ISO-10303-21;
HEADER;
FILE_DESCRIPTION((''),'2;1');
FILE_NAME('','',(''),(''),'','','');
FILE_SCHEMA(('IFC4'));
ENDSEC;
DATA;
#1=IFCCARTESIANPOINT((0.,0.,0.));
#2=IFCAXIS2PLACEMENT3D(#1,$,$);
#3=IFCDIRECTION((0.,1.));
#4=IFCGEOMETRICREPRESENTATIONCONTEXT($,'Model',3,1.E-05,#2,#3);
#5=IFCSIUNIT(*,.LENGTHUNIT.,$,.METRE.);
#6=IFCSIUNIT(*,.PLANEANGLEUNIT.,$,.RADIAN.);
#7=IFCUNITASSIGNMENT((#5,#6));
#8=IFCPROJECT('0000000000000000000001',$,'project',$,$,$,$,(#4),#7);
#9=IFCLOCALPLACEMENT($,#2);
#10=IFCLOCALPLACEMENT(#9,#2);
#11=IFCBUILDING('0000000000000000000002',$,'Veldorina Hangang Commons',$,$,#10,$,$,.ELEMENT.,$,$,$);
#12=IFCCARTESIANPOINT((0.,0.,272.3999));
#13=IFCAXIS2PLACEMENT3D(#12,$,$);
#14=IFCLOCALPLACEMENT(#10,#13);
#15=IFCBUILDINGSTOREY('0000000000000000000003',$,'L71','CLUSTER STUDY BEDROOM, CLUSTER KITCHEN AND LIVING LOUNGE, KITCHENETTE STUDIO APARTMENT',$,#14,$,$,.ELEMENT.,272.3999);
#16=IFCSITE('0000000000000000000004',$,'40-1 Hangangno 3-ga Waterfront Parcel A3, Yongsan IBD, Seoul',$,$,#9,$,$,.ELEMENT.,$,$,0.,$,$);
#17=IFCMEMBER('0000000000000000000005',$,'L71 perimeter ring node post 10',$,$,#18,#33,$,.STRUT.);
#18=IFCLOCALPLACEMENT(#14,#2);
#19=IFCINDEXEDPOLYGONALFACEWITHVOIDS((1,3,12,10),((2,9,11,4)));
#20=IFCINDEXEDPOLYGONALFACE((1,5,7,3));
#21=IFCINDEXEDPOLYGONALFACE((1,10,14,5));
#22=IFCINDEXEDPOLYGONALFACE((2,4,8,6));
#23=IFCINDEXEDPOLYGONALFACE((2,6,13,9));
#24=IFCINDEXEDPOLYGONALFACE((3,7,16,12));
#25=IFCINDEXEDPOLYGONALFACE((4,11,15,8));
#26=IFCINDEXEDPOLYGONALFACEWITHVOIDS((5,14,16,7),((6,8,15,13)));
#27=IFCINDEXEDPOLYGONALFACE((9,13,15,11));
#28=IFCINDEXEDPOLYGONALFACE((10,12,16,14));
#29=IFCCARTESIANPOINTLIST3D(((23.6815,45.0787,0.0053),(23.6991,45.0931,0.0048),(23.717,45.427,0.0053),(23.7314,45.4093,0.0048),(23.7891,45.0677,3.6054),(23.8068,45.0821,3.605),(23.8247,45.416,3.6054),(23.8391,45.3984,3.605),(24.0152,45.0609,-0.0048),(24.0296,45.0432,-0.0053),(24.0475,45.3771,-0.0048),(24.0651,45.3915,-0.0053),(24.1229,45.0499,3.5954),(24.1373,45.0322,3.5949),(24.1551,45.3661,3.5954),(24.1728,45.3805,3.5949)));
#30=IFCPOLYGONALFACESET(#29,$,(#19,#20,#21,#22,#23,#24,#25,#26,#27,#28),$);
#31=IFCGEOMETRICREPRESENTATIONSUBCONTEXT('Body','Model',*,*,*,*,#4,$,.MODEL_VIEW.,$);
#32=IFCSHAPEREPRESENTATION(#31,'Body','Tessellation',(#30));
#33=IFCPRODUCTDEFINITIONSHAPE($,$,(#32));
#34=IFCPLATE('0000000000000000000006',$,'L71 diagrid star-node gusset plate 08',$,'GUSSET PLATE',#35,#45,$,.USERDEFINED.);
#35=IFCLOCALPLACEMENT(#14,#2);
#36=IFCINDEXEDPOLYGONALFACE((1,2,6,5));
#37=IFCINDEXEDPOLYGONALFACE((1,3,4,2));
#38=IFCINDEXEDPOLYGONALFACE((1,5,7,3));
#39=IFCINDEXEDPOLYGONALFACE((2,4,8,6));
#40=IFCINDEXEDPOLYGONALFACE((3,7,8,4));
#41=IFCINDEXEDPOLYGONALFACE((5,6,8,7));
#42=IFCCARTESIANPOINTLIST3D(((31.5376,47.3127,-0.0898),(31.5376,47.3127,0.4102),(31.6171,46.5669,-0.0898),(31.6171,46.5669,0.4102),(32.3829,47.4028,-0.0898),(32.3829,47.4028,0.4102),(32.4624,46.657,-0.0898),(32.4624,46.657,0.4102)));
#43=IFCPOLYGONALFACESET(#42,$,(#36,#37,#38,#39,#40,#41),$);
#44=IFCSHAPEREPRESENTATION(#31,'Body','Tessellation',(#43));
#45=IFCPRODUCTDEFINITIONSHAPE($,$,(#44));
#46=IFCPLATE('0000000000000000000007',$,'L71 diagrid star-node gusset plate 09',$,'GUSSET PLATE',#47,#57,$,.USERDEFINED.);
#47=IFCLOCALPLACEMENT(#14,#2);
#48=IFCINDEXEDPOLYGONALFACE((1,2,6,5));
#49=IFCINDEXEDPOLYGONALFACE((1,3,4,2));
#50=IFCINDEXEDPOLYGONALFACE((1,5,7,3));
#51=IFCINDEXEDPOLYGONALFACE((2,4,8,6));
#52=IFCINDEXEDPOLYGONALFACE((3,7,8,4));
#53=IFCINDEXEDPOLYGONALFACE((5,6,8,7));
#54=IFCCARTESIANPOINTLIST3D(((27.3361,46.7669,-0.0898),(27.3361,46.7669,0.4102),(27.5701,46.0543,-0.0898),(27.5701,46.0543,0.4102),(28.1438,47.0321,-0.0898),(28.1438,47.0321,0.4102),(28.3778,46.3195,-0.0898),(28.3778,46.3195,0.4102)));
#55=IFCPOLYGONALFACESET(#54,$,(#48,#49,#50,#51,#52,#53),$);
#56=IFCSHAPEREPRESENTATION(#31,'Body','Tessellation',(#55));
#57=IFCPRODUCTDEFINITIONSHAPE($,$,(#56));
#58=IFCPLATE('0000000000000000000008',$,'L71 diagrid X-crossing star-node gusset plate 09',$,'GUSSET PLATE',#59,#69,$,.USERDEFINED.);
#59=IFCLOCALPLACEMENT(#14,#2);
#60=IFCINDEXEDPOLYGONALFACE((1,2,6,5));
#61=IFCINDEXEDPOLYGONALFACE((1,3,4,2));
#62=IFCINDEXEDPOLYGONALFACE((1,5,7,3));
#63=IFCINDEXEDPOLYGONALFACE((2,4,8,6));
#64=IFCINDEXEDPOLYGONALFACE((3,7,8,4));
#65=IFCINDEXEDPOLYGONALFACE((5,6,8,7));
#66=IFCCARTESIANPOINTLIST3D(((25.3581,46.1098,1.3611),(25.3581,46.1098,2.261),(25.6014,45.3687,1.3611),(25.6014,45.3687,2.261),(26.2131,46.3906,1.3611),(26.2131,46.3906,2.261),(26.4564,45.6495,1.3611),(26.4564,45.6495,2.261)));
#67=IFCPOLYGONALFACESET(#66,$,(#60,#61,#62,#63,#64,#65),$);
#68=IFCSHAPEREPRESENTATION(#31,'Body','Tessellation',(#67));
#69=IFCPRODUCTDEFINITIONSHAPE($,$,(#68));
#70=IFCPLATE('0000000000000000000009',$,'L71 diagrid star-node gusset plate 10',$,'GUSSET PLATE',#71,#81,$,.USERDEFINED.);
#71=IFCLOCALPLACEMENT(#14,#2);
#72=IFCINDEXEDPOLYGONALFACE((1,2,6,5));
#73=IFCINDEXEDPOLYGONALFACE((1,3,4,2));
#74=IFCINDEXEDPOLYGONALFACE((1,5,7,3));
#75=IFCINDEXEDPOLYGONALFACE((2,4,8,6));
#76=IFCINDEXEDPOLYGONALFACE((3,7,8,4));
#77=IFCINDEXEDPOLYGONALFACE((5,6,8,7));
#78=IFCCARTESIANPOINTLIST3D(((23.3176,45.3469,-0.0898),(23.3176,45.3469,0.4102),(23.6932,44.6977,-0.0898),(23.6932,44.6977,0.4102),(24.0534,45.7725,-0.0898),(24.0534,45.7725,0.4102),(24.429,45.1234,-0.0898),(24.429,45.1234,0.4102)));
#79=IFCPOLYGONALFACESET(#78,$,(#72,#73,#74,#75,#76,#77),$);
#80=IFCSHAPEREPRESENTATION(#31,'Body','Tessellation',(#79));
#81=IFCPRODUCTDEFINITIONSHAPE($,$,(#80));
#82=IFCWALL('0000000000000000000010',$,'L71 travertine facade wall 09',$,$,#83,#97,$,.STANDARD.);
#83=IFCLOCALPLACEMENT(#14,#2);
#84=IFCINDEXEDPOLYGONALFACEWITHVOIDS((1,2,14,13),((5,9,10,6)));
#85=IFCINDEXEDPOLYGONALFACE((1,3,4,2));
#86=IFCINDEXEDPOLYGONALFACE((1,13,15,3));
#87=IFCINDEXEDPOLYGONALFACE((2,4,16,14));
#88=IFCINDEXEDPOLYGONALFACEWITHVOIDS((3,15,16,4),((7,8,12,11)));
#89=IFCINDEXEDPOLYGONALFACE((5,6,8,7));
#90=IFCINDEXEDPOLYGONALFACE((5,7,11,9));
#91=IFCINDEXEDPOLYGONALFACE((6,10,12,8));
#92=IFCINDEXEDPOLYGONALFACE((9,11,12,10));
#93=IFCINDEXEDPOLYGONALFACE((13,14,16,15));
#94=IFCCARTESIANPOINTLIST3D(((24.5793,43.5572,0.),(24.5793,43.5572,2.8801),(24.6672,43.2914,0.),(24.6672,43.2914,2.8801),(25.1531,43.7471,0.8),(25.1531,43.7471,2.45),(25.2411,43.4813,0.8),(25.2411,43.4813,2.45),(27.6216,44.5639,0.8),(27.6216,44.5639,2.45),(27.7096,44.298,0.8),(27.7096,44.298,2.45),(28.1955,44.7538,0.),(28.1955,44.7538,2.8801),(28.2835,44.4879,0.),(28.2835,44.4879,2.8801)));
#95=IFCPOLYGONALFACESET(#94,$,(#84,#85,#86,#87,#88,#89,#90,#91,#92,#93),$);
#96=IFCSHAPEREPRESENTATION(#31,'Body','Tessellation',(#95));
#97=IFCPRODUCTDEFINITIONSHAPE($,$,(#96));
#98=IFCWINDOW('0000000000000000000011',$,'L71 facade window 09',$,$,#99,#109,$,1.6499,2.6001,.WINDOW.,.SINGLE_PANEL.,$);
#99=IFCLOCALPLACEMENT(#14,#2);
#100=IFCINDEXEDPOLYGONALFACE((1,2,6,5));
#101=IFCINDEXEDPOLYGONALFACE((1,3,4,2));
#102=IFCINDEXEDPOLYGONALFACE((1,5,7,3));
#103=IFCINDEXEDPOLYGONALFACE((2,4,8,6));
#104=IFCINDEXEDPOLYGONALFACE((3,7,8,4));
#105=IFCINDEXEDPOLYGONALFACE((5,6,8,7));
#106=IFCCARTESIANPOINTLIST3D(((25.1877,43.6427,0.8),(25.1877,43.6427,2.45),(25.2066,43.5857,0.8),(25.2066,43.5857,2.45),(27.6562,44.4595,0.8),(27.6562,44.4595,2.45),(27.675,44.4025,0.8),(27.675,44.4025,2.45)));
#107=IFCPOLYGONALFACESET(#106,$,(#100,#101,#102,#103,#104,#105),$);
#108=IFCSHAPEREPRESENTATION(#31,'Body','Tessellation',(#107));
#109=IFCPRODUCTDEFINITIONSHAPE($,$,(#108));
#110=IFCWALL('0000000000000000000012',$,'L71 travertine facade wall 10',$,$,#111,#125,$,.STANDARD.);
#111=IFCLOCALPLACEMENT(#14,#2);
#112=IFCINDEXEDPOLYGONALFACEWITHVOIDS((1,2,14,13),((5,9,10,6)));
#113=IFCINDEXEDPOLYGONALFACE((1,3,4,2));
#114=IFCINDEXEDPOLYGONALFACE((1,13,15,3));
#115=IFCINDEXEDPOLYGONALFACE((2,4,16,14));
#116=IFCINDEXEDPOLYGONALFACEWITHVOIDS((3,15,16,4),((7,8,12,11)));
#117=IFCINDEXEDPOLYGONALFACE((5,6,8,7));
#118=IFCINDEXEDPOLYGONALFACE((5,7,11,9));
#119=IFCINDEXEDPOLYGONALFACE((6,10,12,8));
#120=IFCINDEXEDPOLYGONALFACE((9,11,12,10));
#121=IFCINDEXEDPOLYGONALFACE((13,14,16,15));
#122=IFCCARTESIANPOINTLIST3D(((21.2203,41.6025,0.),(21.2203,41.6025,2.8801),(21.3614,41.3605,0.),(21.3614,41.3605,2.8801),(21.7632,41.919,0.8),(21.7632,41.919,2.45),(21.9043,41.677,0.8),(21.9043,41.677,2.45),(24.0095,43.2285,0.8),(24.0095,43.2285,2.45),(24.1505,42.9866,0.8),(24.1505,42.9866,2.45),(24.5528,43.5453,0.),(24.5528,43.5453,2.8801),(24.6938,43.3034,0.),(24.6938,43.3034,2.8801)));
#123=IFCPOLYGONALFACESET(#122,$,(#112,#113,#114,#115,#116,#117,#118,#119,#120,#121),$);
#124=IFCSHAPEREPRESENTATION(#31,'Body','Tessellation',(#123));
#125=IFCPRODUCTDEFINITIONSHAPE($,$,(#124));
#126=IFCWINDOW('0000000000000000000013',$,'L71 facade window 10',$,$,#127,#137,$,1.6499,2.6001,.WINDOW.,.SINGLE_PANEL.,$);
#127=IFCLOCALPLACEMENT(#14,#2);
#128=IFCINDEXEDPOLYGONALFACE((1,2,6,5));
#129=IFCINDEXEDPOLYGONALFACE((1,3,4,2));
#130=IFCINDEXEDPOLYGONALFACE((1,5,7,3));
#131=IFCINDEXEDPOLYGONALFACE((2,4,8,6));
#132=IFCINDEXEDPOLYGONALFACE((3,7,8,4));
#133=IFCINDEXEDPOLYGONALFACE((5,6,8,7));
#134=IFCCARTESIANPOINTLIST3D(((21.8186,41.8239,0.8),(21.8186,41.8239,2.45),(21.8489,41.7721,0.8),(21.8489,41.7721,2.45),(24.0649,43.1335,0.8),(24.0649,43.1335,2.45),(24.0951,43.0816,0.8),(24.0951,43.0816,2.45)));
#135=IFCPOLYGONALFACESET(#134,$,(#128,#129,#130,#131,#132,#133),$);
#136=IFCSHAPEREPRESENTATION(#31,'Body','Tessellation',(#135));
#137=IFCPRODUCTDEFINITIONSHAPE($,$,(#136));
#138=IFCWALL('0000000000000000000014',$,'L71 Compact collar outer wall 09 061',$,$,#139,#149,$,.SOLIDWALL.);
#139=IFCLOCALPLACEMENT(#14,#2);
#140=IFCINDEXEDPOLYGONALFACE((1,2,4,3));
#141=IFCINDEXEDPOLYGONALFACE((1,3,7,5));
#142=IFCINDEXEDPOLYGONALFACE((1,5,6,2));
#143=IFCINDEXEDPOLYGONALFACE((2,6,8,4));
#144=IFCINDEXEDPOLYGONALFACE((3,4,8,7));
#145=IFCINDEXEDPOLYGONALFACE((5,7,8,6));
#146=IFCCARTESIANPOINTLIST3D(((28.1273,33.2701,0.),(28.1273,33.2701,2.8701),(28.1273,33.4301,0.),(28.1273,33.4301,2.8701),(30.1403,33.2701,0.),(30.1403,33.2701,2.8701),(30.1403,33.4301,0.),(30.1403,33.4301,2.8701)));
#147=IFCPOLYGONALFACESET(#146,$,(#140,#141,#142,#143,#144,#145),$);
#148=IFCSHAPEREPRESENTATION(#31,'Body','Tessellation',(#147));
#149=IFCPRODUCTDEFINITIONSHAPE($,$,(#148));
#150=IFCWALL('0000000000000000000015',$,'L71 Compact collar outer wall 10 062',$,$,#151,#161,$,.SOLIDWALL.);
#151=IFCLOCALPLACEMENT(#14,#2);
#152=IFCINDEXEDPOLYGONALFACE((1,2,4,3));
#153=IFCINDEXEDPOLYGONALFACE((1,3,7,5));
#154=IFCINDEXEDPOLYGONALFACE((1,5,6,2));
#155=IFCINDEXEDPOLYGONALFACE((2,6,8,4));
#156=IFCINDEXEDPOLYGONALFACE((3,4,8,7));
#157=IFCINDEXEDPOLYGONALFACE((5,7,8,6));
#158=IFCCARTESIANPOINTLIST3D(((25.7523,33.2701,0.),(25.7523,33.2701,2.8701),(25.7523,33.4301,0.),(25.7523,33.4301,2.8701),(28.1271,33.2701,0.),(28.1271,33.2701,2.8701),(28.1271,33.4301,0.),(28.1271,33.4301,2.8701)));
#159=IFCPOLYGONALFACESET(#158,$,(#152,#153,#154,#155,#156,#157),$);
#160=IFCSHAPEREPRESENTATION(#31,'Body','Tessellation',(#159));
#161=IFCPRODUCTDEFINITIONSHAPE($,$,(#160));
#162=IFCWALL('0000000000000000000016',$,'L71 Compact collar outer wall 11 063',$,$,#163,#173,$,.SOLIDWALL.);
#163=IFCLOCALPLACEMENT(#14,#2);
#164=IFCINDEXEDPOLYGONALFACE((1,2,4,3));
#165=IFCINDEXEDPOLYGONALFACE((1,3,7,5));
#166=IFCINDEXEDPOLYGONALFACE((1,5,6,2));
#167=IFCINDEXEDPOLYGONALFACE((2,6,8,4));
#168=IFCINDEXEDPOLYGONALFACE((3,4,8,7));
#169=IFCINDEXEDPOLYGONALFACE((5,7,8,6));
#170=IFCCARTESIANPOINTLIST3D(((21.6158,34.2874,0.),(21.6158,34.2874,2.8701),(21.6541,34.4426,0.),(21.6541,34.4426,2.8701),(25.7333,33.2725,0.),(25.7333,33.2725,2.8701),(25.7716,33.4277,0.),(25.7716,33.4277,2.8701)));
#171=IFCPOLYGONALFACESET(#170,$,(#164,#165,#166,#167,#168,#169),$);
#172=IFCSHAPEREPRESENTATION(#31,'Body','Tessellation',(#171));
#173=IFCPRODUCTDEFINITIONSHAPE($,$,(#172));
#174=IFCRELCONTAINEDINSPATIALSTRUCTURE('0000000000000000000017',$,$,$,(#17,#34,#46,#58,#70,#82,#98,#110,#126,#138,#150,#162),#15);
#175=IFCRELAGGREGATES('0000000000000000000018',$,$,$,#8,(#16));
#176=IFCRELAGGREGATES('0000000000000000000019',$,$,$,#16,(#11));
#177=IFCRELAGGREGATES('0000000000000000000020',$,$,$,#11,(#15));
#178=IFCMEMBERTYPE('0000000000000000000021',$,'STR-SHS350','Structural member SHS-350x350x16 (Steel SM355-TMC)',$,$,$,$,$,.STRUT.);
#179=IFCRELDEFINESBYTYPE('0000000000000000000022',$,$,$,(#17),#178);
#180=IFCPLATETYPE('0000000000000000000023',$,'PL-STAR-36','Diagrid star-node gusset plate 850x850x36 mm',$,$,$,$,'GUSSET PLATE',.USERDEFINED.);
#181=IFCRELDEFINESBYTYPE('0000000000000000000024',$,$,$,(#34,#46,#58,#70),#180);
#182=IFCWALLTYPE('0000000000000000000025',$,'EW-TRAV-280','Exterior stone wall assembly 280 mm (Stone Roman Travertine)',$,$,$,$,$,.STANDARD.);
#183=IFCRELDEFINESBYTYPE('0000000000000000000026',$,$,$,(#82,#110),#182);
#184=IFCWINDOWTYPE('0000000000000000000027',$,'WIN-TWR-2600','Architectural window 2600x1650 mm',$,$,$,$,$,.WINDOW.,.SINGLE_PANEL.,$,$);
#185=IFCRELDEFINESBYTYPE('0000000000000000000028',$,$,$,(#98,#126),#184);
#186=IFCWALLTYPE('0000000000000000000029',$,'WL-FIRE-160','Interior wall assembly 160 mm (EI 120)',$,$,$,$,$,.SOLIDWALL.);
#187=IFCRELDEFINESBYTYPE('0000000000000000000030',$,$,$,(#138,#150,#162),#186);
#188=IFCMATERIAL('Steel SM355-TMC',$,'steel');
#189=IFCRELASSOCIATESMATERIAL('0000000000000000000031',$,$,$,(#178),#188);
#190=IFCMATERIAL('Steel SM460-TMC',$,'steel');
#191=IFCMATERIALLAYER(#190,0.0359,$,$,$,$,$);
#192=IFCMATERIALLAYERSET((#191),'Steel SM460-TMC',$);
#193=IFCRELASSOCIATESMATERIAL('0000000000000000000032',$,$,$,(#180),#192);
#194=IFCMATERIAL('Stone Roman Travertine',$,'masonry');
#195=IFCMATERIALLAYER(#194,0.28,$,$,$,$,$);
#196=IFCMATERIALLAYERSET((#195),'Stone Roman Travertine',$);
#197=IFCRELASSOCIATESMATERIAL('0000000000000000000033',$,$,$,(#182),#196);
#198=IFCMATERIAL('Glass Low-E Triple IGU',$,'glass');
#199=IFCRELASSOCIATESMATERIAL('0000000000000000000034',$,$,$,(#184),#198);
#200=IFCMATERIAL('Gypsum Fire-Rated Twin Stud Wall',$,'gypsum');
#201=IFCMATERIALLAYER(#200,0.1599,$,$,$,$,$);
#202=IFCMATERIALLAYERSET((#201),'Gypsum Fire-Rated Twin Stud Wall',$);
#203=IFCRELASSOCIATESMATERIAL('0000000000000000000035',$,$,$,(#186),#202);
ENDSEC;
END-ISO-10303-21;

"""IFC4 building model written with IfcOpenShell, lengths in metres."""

from ifc_helpers import new_model, si_unit, direction, frame, frame_2d, origin, origin_2d, place, context, subcontext, project, spatial, rectangle, hollow_rectangle, extrude, material, layer, layer_set, material_profile, profile_set, type_object, element, fill, save


model = new_model("IFC4")

# Units and contexts
model_context = context("Model", 3, precision=1e-05, world=origin(), true_north=direction((0.0, 1.0)))
body_context = subcontext(model_context, "Body", "Model", "MODEL_VIEW")
ifc_project = project(units=[si_unit("LENGTHUNIT", "METRE"), si_unit("PLANEANGLEUNIT", "RADIAN")], contexts=[model_context])

# Site, building, storey
site_placement = place(None, origin())
site = spatial("IfcSite", under=ifc_project, at=site_placement, Name="40-1 Hangangno 3-ga Waterfront Parcel A3, Yongsan IBD, Seoul", CompositionType="ELEMENT", RefElevation=0.0)
building_placement = place(site_placement, origin())
building = spatial("IfcBuilding", under=site, at=building_placement, Name="Veldorina Hangang Commons", CompositionType="ELEMENT")
storey_placement = place(building_placement, frame((0.0, 0.0, 272.3999)))
storey = spatial("IfcBuildingStorey", under=building, at=storey_placement, Name="L71", Description="CLUSTER STUDY BEDROOM, CLUSTER KITCHEN AND LIVING LOUNGE, KITCHENETTE STUDIO APARTMENT", CompositionType="ELEMENT", Elevation=272.3999)

# Shared definitions
ifc_material_1 = material(Name="Steel SM355-TMC", Category="steel")

# Member
ifc_material_profile_1 = material_profile(ifc_material_1, hollow_rectangle(XDim=0.3501, YDim=0.3501, WallThickness=0.0161, at=origin_2d()), Name="SHS-350x350x16")
ifc_profile_set_1 = profile_set([ifc_material_profile_1], Name="Steel SM355-TMC")
member_type_1 = type_object("IfcMemberType", Name="STR-SHS350", Description="Structural member SHS-350x350x16 (Steel SM355-TMC)", PredefinedType="STRUT", material=ifc_profile_set_1)
member_1_placement = place(storey_placement, frame((23.8733, 45.2351, 0.0), z_axis=(0.029893, -0.00305, 0.999548), x_axis=(0.101514, 0.994834, 0.0)))
element("IfcMember", 1, at=member_1_placement, inside=storey, type_object=member_type_1, Name="L71 perimeter ring node post 10", PredefinedType="STRUT", context=body_context, shape_type="SweptSolid", body=[
    extrude(hollow_rectangle(XDim=0.3501, YDim=0.3501, WallThickness=0.0161, at=origin_2d()), origin(), (0.0, 0.0, 1.0), 3.6018),
])

# Plates
ifc_material_2 = material(Name="Steel SM460-TMC", Category="steel")
ifc_layer_1 = layer(ifc_material_2, 0.0359)
ifc_layer_set_1 = layer_set([ifc_layer_1], Name="Steel SM460-TMC")
plate_type = type_object("IfcPlateType", Name="PL-STAR-36", Description="Diagrid star-node gusset plate 850x850x36 mm", ElementType="GUSSET PLATE", PredefinedType="USERDEFINED", material=ifc_layer_set_1)
for number, where, z_axis, x_axis, name in (
    (2, (32.0, 46.9849, -0.0898), (0.0, 0.0, 1.0), (-0.994368, -0.105986, 0.0), "L71 diagrid star-node gusset plate 08"),
    (3, (27.8569, 46.5432, -0.0898), (0.0, 0.0, 1.0), (-0.950097, -0.311954, 0.0), "L71 diagrid star-node gusset plate 09"),
):
    element("IfcPlate", number, at=place(storey_placement, frame(where, z_axis=z_axis, x_axis=x_axis)), inside=storey, type_object=plate_type, Name=name, ObjectType="GUSSET PLATE", PredefinedType="USERDEFINED", context=body_context, shape_type="SweptSolid", body=[
        extrude(rectangle(XDim=0.8501, YDim=0.75, at=origin_2d()), origin(), (0.0, 0.0, 1.0), 0.5),
    ])
plate_1_placement = place(storey_placement, frame((25.9072, 45.8796, 1.3611), z_axis=(0.0, 0.0, 1.0), x_axis=(-0.950097, -0.311954, 0.0)))
element("IfcPlate", 4, at=plate_1_placement, inside=storey, type_object=plate_type, Name="L71 diagrid X-crossing star-node gusset plate 09", ObjectType="GUSSET PLATE", PredefinedType="USERDEFINED", context=body_context, shape_type="SweptSolid", body=[
    extrude(rectangle(XDim=0.8999, YDim=0.78, at=origin_2d()), origin(), (0.0, 0.0, 1.0), 0.8999),
])
plate_2_placement = place(storey_placement, frame((23.8733, 45.2351, -0.0898), z_axis=(0.0, 0.0, 1.0), x_axis=(-0.865589, -0.500756, 0.0)))
element("IfcPlate", 5, at=plate_2_placement, inside=storey, type_object=plate_type, Name="L71 diagrid star-node gusset plate 10", ObjectType="GUSSET PLATE", PredefinedType="USERDEFINED", context=body_context, shape_type="SweptSolid", body=[
    extrude(rectangle(XDim=0.8501, YDim=0.75, at=origin_2d()), origin(), (0.0, 0.0, 1.0), 0.5),
])

# Walls, openings, windows
ifc_material_3 = material(Name="Stone Roman Travertine", Category="masonry")
ifc_layer_2 = layer(ifc_material_3, 0.28)
ifc_layer_set_2 = layer_set([ifc_layer_2], Name="Stone Roman Travertine")
wall_type_1 = type_object("IfcWallType", Name="EW-TRAV-280", Description="Exterior stone wall assembly 280 mm (Stone Roman Travertine)", PredefinedType="STANDARD", material=ifc_layer_set_2)
wall_1_placement = place(storey_placement, frame((28.2395, 44.6208, 0.0), z_axis=(0.0, 0.0, 1.0), x_axis=(-0.94938, -0.314131, 0.0)))
wall_1 = element("IfcWall", 6, at=wall_1_placement, inside=storey, type_object=wall_type_1, Name="L71 travertine facade wall 09", PredefinedType="STANDARD", context=body_context, shape_type="SweptSolid", body=[
    extrude(rectangle(XDim=3.8091, YDim=0.28, at=frame_2d((1.9045, 0.0))), origin(), (0.0, 0.0, 1.0), 2.8801),
])
opening_1_placement = place(wall_1_placement, frame((0.6045, 0.0, 0.8)))
opening_1 = element("IfcOpeningElement", 7, at=opening_1_placement, cuts=wall_1, PredefinedType="OPENING", context=body_context, shape_type="SweptSolid", body=[
    extrude(rectangle(XDim=2.6001, YDim=1.6499, at=frame_2d((1.3, 0.825))), frame((0.0, 0.1499, 0.0), z_axis=(0.0, -1.0, 0.0), x_axis=(1.0, 0.0, 0.0)), (0.0, 0.0, 1.0), 0.3),
])
ifc_material_4 = material(Name="Glass Low-E Triple IGU", Category="glass")
window_type = type_object("IfcWindowType", Name="WIN-TWR-2600", Description="Architectural window 2600x1650 mm", PartitioningType="SINGLE_PANEL", PredefinedType="WINDOW", material=ifc_material_4)
window_1_placement = place(opening_1_placement, origin())
window_1 = element("IfcWindow", 8, at=window_1_placement, inside=storey, type_object=window_type, Name="L71 facade window 09", OverallHeight=1.6499, OverallWidth=2.6001, PartitioningType="SINGLE_PANEL", PredefinedType="WINDOW", context=body_context, shape_type="SweptSolid", body=[
    extrude(rectangle(XDim=2.6001, YDim=1.6499, at=frame_2d((1.3, 0.825))), frame((0.0, 0.03, 0.0), z_axis=(0.0, -1.0, 0.0), x_axis=(1.0, 0.0, 0.0)), (0.0, 0.0, 1.0), 0.0601),
])
fill(opening_1, window_1)
wall_2_placement = place(storey_placement, frame((24.6233, 43.4243, 0.0), z_axis=(0.0, 0.0, 1.0), x_axis=(-0.863903, -0.503659, 0.0)))
wall_2 = element("IfcWall", 9, at=wall_2_placement, inside=storey, type_object=wall_type_1, Name="L71 travertine facade wall 10", PredefinedType="STANDARD", context=body_context, shape_type="SweptSolid", body=[
    extrude(rectangle(XDim=3.8574, YDim=0.28, at=frame_2d((1.9287, 0.0))), origin(), (0.0, 0.0, 1.0), 2.8801),
])
opening_2_placement = place(wall_2_placement, frame((0.6289, 0.0, 0.8)))
opening_2 = element("IfcOpeningElement", 10, at=opening_2_placement, cuts=wall_2, PredefinedType="OPENING", context=body_context, shape_type="SweptSolid", body=[
    extrude(rectangle(XDim=2.6001, YDim=1.6499, at=frame_2d((1.3, 0.825))), frame((0.0, 0.1499, 0.0), z_axis=(0.0, -1.0, 0.0), x_axis=(1.0, 0.0, 0.0)), (0.0, 0.0, 1.0), 0.3),
])
window_2_placement = place(opening_2_placement, origin())
window_2 = element("IfcWindow", 11, at=window_2_placement, inside=storey, type_object=window_type, Name="L71 facade window 10", OverallHeight=1.6499, OverallWidth=2.6001, PartitioningType="SINGLE_PANEL", PredefinedType="WINDOW", context=body_context, shape_type="SweptSolid", body=[
    extrude(rectangle(XDim=2.6001, YDim=1.6499, at=frame_2d((1.3, 0.825))), frame((0.0, 0.03, 0.0), z_axis=(0.0, -1.0, 0.0), x_axis=(1.0, 0.0, 0.0)), (0.0, 0.0, 1.0), 0.0601),
])
fill(opening_2, window_2)

# Walls
ifc_material_5 = material(Name="Gypsum Fire-Rated Twin Stud Wall", Category="gypsum")
ifc_layer_3 = layer(ifc_material_5, 0.1599)
ifc_layer_set_3 = layer_set([ifc_layer_3], Name="Gypsum Fire-Rated Twin Stud Wall")
wall_type_2 = type_object("IfcWallType", Name="WL-FIRE-160", Description="Interior wall assembly 160 mm (EI 120)", PredefinedType="SOLIDWALL", material=ifc_layer_set_3)
wall_3_placement = place(storey_placement, frame((30.1401, 33.3501, 0.0), z_axis=(0.0, 0.0, 1.0), x_axis=(-1.0, 0.0, 0.0)))
element("IfcWall", 12, at=wall_3_placement, inside=storey, type_object=wall_type_2, Name="L71 Compact collar outer wall 09 061", PredefinedType="SOLIDWALL", context=body_context, shape_type="SweptSolid", body=[
    extrude(rectangle(XDim=2.0129, YDim=0.1599, at=frame_2d((1.0063, 0.0))), origin(), (0.0, 0.0, 1.0), 2.8701),
])
wall_4_placement = place(storey_placement, frame((28.1272, 33.3501, 0.0), z_axis=(0.0, 0.0, 1.0), x_axis=(-1.0, 0.0, 0.0)))
element("IfcWall", 13, at=wall_4_placement, inside=storey, type_object=wall_type_2, Name="L71 Compact collar outer wall 10 062", PredefinedType="SOLIDWALL", context=body_context, shape_type="SweptSolid", body=[
    extrude(rectangle(XDim=2.3748, YDim=0.1599, at=frame_2d((1.1875, 0.0))), origin(), (0.0, 0.0, 1.0), 2.8701),
])
wall_5_placement = place(storey_placement, frame((25.7524, 33.3501, 0.0), z_axis=(0.0, 0.0, 1.0), x_axis=(-0.97094, 0.239324, 0.0)))
element("IfcWall", 14, at=wall_5_placement, inside=storey, type_object=wall_type_2, Name="L71 Compact collar outer wall 11 063", PredefinedType="SOLIDWALL", context=body_context, shape_type="SweptSolid", body=[
    extrude(rectangle(XDim=4.2407, YDim=0.1599, at=frame_2d((2.1204, 0.0))), origin(), (0.0, 0.0, 1.0), 2.8701),
])

save(model, "model.ifc")
